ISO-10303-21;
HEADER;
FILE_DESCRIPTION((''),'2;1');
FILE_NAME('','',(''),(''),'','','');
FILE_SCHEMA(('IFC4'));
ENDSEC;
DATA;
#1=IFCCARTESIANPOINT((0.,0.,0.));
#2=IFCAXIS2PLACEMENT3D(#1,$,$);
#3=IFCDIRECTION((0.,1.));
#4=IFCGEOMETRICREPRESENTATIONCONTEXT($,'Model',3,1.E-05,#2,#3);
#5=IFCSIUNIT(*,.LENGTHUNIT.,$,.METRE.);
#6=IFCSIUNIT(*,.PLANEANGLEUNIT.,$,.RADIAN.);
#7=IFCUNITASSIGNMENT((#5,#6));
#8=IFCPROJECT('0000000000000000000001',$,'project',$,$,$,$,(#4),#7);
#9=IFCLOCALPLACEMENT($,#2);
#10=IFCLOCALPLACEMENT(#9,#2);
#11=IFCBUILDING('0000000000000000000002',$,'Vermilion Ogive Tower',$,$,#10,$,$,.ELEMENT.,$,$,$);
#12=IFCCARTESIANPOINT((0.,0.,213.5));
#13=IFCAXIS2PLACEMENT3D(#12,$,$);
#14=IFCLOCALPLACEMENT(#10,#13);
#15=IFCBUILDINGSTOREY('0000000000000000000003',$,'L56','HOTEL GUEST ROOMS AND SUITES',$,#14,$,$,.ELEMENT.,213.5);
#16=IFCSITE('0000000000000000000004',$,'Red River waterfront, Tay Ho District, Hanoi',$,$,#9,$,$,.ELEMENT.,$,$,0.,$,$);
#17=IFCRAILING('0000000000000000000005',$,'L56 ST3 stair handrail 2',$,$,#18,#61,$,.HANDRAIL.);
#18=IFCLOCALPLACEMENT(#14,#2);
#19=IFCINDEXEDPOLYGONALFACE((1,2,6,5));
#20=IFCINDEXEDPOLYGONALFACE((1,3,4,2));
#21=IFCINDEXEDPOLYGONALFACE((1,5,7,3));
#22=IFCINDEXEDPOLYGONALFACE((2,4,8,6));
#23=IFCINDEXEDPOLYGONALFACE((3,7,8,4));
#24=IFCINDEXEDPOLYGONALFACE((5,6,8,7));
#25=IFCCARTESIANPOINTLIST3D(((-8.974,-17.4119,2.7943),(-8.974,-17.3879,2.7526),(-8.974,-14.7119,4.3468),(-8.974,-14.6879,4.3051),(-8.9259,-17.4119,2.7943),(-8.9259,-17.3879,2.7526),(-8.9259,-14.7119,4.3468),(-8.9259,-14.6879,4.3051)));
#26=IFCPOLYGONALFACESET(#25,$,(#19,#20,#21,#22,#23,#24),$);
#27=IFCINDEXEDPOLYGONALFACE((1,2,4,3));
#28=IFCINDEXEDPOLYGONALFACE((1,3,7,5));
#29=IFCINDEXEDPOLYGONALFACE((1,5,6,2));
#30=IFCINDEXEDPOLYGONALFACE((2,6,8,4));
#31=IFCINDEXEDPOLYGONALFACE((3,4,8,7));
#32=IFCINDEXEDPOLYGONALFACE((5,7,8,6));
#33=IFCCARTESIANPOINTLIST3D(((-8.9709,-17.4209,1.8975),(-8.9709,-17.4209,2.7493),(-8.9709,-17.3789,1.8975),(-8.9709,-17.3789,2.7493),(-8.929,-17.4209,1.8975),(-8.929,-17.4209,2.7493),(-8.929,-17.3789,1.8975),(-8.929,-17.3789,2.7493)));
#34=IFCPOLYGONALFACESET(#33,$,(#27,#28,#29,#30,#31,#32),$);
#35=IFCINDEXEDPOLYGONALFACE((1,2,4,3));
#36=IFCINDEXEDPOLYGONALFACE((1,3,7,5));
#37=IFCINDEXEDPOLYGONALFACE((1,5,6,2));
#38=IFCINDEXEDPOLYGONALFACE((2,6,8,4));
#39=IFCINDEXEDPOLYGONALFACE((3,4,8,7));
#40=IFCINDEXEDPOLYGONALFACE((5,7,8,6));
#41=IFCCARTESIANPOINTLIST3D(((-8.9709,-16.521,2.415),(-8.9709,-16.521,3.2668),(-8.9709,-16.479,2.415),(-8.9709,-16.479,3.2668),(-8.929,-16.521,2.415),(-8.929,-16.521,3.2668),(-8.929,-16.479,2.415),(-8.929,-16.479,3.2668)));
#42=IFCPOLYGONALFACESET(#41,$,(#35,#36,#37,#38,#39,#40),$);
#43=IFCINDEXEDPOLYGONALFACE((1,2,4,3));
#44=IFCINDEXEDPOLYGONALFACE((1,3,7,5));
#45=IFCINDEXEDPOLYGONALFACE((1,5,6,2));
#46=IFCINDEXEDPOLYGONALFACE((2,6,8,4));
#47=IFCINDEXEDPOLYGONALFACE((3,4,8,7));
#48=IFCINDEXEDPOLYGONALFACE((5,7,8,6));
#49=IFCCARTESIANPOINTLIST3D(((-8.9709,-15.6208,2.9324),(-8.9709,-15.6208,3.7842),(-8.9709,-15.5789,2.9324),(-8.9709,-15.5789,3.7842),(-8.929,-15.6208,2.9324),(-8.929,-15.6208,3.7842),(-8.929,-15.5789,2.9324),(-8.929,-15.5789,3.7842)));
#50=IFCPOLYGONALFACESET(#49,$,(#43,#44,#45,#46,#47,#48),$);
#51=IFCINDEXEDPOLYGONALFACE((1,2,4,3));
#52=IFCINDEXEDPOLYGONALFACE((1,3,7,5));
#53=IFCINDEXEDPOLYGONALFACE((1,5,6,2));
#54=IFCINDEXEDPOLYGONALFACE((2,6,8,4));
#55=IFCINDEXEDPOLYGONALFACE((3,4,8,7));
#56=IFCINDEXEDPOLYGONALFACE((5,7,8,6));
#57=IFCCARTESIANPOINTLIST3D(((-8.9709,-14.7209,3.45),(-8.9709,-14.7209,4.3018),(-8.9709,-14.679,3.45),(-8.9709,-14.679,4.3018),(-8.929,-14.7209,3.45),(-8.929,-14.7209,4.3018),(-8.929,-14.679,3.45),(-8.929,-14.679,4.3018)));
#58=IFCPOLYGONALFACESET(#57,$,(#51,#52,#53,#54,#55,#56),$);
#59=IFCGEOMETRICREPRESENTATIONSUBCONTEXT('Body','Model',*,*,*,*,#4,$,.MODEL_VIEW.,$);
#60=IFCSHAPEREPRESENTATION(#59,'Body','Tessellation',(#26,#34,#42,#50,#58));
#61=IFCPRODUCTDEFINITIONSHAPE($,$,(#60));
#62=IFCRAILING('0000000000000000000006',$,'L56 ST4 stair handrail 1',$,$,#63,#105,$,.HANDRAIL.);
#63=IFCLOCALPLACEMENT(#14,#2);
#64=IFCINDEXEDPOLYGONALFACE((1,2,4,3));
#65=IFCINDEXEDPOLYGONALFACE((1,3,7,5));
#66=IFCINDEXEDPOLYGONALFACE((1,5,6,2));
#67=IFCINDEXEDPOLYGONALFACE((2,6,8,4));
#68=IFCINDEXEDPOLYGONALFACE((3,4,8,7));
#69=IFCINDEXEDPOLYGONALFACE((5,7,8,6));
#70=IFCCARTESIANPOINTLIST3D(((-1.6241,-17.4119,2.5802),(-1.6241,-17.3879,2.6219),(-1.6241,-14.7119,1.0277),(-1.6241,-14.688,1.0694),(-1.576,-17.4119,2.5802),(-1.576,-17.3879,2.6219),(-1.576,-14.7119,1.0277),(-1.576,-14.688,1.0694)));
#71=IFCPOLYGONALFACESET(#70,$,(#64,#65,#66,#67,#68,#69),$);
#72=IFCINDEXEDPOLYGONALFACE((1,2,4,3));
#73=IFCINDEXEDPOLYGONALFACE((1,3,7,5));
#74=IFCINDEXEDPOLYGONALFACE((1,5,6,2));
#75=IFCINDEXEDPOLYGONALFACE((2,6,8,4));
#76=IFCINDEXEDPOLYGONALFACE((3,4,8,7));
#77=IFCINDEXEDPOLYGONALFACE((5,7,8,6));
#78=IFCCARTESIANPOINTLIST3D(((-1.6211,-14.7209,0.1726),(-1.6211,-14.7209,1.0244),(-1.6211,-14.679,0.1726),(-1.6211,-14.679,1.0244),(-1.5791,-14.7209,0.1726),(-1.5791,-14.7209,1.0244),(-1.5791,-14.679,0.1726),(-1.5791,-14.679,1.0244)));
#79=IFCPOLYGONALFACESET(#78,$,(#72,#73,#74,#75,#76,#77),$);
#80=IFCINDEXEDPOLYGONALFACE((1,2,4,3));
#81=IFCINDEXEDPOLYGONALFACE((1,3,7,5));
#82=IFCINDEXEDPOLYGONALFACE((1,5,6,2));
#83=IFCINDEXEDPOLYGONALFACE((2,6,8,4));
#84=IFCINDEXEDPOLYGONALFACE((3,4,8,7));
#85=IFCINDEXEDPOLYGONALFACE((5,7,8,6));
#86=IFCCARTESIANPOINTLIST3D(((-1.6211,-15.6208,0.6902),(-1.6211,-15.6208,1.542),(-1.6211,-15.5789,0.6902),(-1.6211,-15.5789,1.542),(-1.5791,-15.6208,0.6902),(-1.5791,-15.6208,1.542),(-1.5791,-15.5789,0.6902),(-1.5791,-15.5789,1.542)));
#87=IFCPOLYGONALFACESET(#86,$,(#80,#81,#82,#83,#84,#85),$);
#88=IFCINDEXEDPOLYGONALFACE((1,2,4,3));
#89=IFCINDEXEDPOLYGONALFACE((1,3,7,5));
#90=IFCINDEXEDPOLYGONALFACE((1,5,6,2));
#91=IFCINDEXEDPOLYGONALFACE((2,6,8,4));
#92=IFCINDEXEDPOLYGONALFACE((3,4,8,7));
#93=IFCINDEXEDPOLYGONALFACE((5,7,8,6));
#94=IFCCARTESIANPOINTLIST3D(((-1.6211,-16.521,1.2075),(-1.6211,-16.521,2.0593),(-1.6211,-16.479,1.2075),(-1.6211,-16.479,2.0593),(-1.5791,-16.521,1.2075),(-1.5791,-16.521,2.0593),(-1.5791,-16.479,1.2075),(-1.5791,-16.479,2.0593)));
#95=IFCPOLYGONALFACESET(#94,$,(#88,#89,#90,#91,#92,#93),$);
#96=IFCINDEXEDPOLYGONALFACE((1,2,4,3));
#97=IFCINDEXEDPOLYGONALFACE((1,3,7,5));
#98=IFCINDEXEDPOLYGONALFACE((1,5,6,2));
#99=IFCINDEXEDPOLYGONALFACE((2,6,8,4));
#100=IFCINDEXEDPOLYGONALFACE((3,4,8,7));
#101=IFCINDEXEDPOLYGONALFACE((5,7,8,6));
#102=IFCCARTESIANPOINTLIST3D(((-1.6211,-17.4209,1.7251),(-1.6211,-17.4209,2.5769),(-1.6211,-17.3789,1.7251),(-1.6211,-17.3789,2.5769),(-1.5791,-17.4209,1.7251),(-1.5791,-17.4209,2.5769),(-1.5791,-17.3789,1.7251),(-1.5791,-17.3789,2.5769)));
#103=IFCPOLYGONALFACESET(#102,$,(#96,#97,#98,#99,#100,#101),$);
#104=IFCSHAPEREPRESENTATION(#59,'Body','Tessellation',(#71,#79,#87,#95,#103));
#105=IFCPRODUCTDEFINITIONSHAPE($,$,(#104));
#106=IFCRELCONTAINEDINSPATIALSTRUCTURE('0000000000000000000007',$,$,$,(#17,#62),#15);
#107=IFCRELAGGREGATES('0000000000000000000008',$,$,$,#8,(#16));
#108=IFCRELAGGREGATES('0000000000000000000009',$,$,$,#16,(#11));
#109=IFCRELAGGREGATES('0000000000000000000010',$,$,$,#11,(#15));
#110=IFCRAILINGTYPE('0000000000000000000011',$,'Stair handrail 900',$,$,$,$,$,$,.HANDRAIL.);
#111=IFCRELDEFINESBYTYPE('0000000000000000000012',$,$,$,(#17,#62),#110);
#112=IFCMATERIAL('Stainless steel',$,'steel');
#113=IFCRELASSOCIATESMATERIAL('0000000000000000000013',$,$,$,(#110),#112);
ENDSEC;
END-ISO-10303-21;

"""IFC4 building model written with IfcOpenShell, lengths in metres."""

from ifc_helpers import new_model, si_unit, direction, frame, origin, origin_2d, place, context, subcontext, project, spatial, rectangle, extrude, material, type_object, element, save


model = new_model("IFC4")

# Units and contexts
model_context = context("Model", 3, precision=1e-05, world=origin(), true_north=direction((0.0, 1.0)))
body_context = subcontext(model_context, "Body", "Model", "MODEL_VIEW")
ifc_project = project(units=[si_unit("LENGTHUNIT", "METRE"), si_unit("PLANEANGLEUNIT", "RADIAN")], contexts=[model_context])

# Site, building, storey
site_placement = place(None, origin())
site = spatial("IfcSite", under=ifc_project, at=site_placement, Name="Red River waterfront, Tay Ho District, Hanoi", CompositionType="ELEMENT", RefElevation=0.0)
building_placement = place(site_placement, origin())
building = spatial("IfcBuilding", under=site, at=building_placement, Name="Vermilion Ogive Tower", CompositionType="ELEMENT")
storey_placement = place(building_placement, frame((0.0, 0.0, 213.5)))
storey = spatial("IfcBuildingStorey", under=building, at=storey_placement, Name="L56", Description="HOTEL GUEST ROOMS AND SUITES", CompositionType="ELEMENT", Elevation=213.5)

# Railings
ifc_material_1 = material(Name="Stainless steel", Category="steel")
railing_type_1 = type_object("IfcRailingType", Name="Stair handrail 900", PredefinedType="HANDRAIL", material=ifc_material_1)
railing_1_placement = place(storey_placement, frame((-8.95, -17.3999, 1.8975)))
element("IfcRailing", 1, at=railing_1_placement, inside=storey, type_object=railing_type_1, Name="L56 ST3 stair handrail 2", PredefinedType="HANDRAIL", context=body_context, shape_type="SweptSolid", body=[
    extrude(rectangle(XDim=0.0481, YDim=0.0481, at=origin_2d()), frame((0.0, 0.0, 0.876), z_axis=(0.0, 0.866904, 0.498476), x_axis=(-1.0, 0.0, 0.0)), (0.0, 0.0, 1.0), 3.1145),
    extrude(rectangle(XDim=0.042, YDim=0.042, at=origin_2d()), origin(), (0.0, 0.0, 1.0), 0.8518),
    extrude(rectangle(XDim=0.042, YDim=0.042, at=origin_2d()), frame((0.0, 0.8999, 0.5176)), (0.0, 0.0, 1.0), 0.8518),
    extrude(rectangle(XDim=0.042, YDim=0.042, at=origin_2d()), frame((0.0, 1.8, 1.0349)), (0.0, 0.0, 1.0), 0.8518),
    extrude(rectangle(XDim=0.042, YDim=0.042, at=origin_2d()), frame((0.0, 2.7, 1.5525)), (0.0, 0.0, 1.0), 0.8518),
])
railing_2_placement = place(storey_placement, frame((-1.6001, -14.7, 0.1726)))
element("IfcRailing", 2, at=railing_2_placement, inside=storey, type_object=railing_type_1, Name="L56 ST4 stair handrail 1", PredefinedType="HANDRAIL", context=body_context, shape_type="SweptSolid", body=[
    extrude(rectangle(XDim=0.0481, YDim=0.0481, at=origin_2d()), frame((0.0, 0.0, 0.876), z_axis=(0.0, -0.866904, 0.498476), x_axis=(1.0, 0.0, 0.0)), (0.0, 0.0, 1.0), 3.1145),
    extrude(rectangle(XDim=0.042, YDim=0.042, at=origin_2d()), origin(), (0.0, 0.0, 1.0), 0.8518),
    extrude(rectangle(XDim=0.042, YDim=0.042, at=origin_2d()), frame((0.0, -0.8999, 0.5176)), (0.0, 0.0, 1.0), 0.8518),
    extrude(rectangle(XDim=0.042, YDim=0.042, at=origin_2d()), frame((0.0, -1.8, 1.0349)), (0.0, 0.0, 1.0), 0.8518),
    extrude(rectangle(XDim=0.042, YDim=0.042, at=origin_2d()), frame((0.0, -2.7, 1.5525)), (0.0, 0.0, 1.0), 0.8518),
])

save(model, "model.ifc")
